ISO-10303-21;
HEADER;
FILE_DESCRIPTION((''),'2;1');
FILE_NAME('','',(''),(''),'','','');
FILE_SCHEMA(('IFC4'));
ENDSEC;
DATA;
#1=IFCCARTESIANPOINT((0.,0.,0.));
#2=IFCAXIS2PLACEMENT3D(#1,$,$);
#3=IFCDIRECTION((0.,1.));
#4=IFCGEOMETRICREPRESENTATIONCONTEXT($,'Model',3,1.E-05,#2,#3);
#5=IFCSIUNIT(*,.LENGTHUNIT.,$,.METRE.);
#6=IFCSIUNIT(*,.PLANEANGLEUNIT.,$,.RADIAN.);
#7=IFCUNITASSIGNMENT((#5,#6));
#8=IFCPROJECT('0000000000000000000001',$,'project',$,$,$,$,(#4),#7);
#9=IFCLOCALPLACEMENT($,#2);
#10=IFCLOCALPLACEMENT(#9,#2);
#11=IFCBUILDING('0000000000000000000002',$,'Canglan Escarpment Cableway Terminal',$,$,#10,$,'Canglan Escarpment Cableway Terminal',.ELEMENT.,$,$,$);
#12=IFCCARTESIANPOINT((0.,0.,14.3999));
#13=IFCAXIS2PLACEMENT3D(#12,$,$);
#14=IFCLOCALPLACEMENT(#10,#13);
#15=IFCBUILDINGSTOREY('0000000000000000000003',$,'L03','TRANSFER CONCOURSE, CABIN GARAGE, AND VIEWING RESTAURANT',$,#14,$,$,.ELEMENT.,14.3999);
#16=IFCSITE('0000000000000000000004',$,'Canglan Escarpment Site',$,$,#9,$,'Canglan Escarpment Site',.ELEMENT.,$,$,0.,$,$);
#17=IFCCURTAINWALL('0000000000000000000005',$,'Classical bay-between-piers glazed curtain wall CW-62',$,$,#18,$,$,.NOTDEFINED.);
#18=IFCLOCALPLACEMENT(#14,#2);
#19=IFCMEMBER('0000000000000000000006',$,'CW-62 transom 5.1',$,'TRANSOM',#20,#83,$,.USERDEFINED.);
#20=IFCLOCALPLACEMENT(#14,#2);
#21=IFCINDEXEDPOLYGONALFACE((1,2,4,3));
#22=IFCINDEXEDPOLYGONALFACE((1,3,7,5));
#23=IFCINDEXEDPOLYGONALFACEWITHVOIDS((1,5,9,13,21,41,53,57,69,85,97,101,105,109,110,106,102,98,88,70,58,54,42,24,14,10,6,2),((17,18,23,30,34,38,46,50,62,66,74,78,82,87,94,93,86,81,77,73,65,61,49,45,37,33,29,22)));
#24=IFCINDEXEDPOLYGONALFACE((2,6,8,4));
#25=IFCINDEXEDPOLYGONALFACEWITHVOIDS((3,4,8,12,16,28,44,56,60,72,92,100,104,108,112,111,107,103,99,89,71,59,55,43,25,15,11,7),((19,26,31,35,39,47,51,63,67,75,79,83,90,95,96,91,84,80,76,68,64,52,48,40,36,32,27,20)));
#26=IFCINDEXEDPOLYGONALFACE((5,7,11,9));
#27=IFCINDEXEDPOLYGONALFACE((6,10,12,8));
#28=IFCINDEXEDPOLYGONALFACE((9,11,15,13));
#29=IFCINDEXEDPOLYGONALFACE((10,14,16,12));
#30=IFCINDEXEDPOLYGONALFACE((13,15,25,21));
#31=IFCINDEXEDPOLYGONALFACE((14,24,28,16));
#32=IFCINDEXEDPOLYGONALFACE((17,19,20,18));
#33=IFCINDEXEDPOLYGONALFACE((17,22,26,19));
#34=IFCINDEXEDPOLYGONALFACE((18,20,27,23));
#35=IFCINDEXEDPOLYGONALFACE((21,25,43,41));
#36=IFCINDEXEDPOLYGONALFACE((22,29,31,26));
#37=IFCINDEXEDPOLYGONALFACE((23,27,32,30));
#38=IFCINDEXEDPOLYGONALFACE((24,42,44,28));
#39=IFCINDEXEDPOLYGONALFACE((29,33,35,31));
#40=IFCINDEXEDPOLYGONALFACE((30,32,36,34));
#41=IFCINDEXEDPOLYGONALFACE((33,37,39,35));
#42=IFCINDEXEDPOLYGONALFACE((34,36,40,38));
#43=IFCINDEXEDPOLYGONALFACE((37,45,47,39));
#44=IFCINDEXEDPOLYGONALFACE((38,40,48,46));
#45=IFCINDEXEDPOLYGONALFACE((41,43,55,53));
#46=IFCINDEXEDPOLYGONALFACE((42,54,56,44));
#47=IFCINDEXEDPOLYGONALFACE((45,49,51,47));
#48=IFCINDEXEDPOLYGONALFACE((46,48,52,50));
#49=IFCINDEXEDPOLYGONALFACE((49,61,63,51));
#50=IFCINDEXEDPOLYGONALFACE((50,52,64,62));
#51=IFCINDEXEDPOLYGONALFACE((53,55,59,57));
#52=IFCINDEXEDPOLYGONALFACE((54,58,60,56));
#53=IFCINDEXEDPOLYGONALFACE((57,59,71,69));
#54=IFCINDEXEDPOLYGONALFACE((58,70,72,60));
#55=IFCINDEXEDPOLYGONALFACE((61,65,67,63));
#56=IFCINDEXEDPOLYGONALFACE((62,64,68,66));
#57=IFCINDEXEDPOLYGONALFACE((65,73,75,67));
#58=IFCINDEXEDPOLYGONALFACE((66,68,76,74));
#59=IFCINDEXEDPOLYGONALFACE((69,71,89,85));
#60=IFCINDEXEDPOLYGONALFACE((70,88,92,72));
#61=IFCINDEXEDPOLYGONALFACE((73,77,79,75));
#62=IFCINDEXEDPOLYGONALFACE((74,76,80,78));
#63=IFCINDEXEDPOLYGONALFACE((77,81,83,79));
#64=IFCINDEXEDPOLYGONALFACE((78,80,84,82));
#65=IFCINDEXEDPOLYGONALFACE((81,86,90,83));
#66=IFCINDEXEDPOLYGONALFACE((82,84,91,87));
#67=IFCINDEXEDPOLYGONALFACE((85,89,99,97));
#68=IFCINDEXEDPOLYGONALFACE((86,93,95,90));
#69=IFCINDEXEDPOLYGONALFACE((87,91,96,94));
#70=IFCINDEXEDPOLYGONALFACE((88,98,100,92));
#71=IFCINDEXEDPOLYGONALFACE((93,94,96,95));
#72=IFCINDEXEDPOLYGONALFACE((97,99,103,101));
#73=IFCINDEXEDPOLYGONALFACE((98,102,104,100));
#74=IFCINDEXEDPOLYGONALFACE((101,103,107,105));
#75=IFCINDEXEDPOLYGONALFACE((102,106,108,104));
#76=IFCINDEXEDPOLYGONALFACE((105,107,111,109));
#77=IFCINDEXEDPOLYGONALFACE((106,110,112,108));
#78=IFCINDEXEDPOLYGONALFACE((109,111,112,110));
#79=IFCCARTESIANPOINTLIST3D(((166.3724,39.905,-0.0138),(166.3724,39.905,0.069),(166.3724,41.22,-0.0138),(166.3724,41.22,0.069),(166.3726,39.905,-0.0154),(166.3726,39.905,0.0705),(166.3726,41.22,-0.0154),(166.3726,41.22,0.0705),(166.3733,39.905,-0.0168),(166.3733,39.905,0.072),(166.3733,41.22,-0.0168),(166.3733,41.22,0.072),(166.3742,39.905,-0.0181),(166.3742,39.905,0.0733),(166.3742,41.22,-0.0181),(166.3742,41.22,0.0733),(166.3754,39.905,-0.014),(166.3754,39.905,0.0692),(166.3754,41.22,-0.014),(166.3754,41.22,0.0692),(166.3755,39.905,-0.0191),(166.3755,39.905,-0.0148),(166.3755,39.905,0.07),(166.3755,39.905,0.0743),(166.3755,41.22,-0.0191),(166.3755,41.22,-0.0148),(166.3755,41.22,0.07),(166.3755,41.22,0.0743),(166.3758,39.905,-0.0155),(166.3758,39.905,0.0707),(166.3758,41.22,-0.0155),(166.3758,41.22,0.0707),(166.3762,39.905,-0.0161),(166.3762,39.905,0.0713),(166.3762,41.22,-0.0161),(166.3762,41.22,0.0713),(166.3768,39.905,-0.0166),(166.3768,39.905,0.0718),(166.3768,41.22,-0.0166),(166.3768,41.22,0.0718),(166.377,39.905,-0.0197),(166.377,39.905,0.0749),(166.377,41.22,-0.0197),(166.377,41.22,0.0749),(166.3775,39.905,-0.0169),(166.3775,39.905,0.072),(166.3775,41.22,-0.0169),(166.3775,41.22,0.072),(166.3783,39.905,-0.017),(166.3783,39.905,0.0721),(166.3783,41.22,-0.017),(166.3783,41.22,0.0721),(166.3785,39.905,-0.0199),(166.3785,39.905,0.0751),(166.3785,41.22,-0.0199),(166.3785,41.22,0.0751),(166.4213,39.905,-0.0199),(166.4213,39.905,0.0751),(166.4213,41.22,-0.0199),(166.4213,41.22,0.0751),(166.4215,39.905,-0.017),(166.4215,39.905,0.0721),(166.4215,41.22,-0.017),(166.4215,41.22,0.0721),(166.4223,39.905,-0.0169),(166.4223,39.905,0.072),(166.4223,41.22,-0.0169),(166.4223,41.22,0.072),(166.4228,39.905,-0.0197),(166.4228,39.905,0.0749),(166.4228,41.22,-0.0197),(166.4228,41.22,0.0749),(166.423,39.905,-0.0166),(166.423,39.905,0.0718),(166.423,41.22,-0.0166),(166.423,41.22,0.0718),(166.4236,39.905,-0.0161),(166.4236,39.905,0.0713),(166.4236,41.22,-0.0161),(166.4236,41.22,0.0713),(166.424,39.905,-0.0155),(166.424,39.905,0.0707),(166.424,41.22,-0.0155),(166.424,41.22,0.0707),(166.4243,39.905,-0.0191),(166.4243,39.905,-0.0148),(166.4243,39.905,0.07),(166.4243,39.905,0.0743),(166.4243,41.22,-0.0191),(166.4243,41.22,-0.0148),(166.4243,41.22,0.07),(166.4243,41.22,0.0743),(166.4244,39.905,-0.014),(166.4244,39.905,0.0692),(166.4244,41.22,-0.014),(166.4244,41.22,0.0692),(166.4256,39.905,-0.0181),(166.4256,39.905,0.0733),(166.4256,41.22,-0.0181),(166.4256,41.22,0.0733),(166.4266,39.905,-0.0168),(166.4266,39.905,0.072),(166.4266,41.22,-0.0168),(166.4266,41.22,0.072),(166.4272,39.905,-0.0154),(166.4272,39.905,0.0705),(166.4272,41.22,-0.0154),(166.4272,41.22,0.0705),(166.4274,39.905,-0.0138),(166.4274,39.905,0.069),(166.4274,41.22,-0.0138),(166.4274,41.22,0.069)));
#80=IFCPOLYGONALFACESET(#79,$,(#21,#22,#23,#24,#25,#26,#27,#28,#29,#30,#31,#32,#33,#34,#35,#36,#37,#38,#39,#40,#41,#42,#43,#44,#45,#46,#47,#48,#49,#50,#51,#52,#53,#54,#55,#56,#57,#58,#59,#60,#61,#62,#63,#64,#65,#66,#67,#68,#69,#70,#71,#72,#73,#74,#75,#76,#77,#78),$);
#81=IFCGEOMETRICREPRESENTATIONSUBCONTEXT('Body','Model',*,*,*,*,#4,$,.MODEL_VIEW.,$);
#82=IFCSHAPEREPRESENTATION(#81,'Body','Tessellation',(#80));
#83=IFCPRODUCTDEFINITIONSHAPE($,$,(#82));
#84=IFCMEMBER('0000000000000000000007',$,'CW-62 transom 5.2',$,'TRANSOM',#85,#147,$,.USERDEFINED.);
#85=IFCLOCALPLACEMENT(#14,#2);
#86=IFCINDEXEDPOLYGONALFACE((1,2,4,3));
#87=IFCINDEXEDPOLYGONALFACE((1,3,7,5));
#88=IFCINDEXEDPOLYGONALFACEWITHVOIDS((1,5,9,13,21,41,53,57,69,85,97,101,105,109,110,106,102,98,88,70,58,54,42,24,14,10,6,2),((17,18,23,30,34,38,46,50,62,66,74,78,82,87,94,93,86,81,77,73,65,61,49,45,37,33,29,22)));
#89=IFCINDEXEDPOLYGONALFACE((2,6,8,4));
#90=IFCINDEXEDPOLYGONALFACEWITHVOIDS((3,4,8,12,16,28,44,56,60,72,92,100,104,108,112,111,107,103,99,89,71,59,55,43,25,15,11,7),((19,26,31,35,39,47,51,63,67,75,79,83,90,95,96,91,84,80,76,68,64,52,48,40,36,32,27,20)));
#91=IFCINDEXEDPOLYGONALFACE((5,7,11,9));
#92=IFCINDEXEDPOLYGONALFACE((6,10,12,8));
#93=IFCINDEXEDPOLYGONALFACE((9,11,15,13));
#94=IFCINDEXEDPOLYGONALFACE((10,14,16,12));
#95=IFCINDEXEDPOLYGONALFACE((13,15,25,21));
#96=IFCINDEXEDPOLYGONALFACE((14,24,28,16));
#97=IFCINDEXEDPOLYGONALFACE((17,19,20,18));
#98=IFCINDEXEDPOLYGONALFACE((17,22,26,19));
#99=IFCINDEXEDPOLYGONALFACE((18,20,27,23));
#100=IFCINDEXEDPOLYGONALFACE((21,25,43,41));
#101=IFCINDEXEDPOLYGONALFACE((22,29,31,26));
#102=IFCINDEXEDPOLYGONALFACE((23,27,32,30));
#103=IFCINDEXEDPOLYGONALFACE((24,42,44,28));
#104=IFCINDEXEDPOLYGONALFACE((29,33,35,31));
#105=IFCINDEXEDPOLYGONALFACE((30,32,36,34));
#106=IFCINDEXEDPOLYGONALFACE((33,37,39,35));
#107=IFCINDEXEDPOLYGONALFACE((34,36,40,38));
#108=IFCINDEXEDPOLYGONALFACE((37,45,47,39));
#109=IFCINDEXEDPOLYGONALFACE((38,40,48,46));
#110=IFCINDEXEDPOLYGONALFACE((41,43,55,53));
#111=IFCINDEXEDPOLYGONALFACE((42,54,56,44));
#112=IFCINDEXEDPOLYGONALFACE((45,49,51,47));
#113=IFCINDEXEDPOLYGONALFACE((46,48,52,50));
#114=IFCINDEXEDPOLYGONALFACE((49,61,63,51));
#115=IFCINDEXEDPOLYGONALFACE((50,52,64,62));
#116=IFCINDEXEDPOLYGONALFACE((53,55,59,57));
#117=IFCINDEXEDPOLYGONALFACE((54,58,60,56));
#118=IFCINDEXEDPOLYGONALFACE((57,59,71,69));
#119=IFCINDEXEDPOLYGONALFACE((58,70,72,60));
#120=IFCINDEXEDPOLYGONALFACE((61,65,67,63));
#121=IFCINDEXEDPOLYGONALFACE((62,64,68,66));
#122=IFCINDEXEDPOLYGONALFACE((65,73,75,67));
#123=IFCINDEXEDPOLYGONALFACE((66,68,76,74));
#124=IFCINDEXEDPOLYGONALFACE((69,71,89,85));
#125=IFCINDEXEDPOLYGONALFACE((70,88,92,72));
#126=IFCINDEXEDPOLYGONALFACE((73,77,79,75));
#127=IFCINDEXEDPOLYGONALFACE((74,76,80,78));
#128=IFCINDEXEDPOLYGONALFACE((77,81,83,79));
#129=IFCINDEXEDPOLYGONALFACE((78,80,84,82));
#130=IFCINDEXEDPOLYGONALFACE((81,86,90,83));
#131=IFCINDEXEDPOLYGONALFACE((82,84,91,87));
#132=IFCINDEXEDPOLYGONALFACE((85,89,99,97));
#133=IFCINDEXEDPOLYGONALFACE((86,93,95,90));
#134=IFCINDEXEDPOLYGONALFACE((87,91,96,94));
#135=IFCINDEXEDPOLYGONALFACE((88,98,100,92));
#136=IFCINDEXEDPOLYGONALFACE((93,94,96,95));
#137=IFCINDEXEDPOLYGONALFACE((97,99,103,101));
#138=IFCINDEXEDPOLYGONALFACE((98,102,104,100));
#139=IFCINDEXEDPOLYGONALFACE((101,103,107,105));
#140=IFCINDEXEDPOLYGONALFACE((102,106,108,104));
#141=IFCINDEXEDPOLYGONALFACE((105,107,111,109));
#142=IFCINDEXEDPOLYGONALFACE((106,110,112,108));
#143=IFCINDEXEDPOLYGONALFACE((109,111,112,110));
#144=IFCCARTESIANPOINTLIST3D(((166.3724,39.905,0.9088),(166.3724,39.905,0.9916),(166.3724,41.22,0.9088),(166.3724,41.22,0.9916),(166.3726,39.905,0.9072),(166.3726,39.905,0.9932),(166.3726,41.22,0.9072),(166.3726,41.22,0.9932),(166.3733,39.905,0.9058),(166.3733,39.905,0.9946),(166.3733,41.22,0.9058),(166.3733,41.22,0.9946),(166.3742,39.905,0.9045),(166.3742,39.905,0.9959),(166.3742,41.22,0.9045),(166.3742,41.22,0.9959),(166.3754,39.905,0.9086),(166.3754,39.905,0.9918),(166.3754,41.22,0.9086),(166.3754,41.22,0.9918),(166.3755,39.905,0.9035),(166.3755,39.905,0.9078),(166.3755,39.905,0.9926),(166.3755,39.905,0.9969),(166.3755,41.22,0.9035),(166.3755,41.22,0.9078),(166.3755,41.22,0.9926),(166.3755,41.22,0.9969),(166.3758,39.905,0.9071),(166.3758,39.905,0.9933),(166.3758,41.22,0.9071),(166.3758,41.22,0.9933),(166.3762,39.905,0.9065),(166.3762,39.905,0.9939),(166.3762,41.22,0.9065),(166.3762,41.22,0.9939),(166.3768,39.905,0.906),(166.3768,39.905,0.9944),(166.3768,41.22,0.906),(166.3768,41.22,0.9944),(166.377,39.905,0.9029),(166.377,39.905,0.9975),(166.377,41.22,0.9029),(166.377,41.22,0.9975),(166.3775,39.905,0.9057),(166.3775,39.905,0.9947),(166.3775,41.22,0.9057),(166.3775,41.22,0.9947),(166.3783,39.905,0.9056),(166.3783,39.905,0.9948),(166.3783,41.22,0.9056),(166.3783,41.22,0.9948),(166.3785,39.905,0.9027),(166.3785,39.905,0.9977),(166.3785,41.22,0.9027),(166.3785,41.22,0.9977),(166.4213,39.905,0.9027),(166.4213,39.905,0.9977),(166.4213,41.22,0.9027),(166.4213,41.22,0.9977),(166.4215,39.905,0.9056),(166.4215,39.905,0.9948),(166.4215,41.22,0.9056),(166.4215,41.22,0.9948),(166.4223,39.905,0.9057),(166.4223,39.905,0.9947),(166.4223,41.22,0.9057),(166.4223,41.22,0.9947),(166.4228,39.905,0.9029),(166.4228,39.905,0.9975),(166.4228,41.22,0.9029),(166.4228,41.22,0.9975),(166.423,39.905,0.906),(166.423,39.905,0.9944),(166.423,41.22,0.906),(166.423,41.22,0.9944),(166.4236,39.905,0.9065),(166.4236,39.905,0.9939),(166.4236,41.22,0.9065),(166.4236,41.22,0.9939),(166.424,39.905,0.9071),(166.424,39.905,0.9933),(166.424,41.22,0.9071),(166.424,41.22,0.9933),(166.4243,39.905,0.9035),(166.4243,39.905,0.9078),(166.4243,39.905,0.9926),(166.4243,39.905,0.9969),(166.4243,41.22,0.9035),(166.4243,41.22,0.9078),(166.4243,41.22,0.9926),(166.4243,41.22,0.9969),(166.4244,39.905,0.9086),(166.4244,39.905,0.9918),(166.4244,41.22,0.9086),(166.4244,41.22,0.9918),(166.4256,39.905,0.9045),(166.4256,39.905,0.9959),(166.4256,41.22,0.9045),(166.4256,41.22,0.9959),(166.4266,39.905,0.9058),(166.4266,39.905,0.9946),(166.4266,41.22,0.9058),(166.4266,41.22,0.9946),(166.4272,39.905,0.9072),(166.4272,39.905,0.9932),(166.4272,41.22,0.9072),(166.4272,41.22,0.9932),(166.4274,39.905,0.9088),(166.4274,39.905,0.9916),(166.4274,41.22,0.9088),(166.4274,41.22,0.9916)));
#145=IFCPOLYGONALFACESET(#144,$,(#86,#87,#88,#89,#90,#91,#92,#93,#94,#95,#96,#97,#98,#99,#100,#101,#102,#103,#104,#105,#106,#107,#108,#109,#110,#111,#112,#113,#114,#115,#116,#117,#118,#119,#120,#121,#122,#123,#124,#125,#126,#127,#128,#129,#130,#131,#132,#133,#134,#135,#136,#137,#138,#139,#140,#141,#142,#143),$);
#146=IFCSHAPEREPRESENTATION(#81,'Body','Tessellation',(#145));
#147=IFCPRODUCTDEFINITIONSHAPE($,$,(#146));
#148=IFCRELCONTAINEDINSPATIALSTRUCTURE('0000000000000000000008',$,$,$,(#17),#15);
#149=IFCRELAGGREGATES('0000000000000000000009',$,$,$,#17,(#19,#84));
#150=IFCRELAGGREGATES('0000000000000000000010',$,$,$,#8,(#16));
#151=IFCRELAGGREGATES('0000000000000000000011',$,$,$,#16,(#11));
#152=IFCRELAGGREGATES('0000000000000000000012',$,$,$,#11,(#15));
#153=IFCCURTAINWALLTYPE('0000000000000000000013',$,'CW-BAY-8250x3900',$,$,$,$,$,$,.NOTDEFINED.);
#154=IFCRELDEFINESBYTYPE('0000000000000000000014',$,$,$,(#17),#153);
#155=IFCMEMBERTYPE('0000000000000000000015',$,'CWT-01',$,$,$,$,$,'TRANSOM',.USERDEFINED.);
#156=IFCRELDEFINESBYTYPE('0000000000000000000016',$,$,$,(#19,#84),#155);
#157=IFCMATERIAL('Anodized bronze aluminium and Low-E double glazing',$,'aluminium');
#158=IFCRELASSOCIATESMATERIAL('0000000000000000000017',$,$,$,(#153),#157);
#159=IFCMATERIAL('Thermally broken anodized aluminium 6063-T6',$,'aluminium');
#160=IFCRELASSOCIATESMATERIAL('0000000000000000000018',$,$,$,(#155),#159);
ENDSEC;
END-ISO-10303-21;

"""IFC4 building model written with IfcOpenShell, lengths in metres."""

from ifc_helpers import new_model, si_unit, direction, frame, origin, origin_2d, place, context, subcontext, project, spatial, hollow_rectangle, extrude, material, material_profile, profile_set, type_object, element, aggregate, save


model = new_model("IFC4")

# Units and contexts
model_context = context("Model", 3, precision=1e-05, world=origin(), true_north=direction((0.0, 1.0)))
body_context = subcontext(model_context, "Body", "Model", "MODEL_VIEW")
ifc_project = project(units=[si_unit("LENGTHUNIT", "METRE"), si_unit("PLANEANGLEUNIT", "RADIAN")], contexts=[model_context])

# Site, building, storey
site_placement = place(None, origin())
site = spatial("IfcSite", under=ifc_project, at=site_placement, Name="Canglan Escarpment Site", LongName="Canglan Escarpment Site", CompositionType="ELEMENT", RefElevation=0.0)
building_placement = place(site_placement, origin())
building = spatial("IfcBuilding", under=site, at=building_placement, Name="Canglan Escarpment Cableway Terminal", LongName="Canglan Escarpment Cableway Terminal", CompositionType="ELEMENT")
storey_placement = place(building_placement, frame((0.0, 0.0, 14.3999)))
storey = spatial("IfcBuildingStorey", under=building, at=storey_placement, Name="L03", Description="TRANSFER CONCOURSE, CABIN GARAGE, AND VIEWING RESTAURANT", CompositionType="ELEMENT", Elevation=14.3999)

# Curtain wall, members
ifc_material_1 = material(Name="Anodized bronze aluminium and Low-E double glazing", Category="aluminium")
curtain_wall_type = type_object("IfcCurtainWallType", Name="CW-BAY-8250x3900", PredefinedType="NOTDEFINED", material=ifc_material_1)
curtain_wall_placement = place(storey_placement, origin())
curtain_wall = element("IfcCurtainWall", 1, at=curtain_wall_placement, inside=storey, type_object=curtain_wall_type, Name="Classical bay-between-piers glazed curtain wall CW-62", PredefinedType="NOTDEFINED")
ifc_material_2 = material(Name="Thermally broken anodized aluminium 6063-T6", Category="aluminium")
ifc_material_profile_1 = material_profile(ifc_material_2, hollow_rectangle(XDim=0.0549, YDim=0.095, WallThickness=0.0029, InnerFilletRadius=0.0029, OuterFilletRadius=0.0061, at=origin_2d()), Name="ALU-TRAN 55x95x3")
ifc_profile_set_1 = profile_set([ifc_material_profile_1], Name="Thermally broken anodized aluminium 6063-T6")
member_type_1 = type_object("IfcMemberType", Name="CWT-01", ElementType="TRANSOM", PredefinedType="USERDEFINED", material=ifc_profile_set_1)
member_1_placement = place(storey_placement, frame((166.3999, 39.905, 0.0276), z_axis=(0.0, 1.0, 0.0), x_axis=(-1.0, 0.0, 0.0)))
member_1 = element("IfcMember", 2, at=member_1_placement, type_object=member_type_1, Name="CW-62 transom 5.1", ObjectType="TRANSOM", PredefinedType="USERDEFINED", context=body_context, shape_type="SweptSolid", body=[
    extrude(hollow_rectangle(XDim=0.0549, YDim=0.095, WallThickness=0.0029, InnerFilletRadius=0.0029, OuterFilletRadius=0.0061, at=origin_2d()), origin(), (0.0, 0.0, 1.0), 1.3149),
])
member_2_placement = place(storey_placement, frame((166.3999, 39.905, 0.9502), z_axis=(0.0, 1.0, 0.0), x_axis=(-1.0, 0.0, 0.0)))
member_2 = element("IfcMember", 3, at=member_2_placement, type_object=member_type_1, Name="CW-62 transom 5.2", ObjectType="TRANSOM", PredefinedType="USERDEFINED", context=body_context, shape_type="SweptSolid", body=[
    extrude(hollow_rectangle(XDim=0.0549, YDim=0.095, WallThickness=0.0029, InnerFilletRadius=0.0029, OuterFilletRadius=0.0061, at=origin_2d()), origin(), (0.0, 0.0, 1.0), 1.3149),
])
aggregate(curtain_wall, [member_1, member_2])

save(model, "model.ifc")
